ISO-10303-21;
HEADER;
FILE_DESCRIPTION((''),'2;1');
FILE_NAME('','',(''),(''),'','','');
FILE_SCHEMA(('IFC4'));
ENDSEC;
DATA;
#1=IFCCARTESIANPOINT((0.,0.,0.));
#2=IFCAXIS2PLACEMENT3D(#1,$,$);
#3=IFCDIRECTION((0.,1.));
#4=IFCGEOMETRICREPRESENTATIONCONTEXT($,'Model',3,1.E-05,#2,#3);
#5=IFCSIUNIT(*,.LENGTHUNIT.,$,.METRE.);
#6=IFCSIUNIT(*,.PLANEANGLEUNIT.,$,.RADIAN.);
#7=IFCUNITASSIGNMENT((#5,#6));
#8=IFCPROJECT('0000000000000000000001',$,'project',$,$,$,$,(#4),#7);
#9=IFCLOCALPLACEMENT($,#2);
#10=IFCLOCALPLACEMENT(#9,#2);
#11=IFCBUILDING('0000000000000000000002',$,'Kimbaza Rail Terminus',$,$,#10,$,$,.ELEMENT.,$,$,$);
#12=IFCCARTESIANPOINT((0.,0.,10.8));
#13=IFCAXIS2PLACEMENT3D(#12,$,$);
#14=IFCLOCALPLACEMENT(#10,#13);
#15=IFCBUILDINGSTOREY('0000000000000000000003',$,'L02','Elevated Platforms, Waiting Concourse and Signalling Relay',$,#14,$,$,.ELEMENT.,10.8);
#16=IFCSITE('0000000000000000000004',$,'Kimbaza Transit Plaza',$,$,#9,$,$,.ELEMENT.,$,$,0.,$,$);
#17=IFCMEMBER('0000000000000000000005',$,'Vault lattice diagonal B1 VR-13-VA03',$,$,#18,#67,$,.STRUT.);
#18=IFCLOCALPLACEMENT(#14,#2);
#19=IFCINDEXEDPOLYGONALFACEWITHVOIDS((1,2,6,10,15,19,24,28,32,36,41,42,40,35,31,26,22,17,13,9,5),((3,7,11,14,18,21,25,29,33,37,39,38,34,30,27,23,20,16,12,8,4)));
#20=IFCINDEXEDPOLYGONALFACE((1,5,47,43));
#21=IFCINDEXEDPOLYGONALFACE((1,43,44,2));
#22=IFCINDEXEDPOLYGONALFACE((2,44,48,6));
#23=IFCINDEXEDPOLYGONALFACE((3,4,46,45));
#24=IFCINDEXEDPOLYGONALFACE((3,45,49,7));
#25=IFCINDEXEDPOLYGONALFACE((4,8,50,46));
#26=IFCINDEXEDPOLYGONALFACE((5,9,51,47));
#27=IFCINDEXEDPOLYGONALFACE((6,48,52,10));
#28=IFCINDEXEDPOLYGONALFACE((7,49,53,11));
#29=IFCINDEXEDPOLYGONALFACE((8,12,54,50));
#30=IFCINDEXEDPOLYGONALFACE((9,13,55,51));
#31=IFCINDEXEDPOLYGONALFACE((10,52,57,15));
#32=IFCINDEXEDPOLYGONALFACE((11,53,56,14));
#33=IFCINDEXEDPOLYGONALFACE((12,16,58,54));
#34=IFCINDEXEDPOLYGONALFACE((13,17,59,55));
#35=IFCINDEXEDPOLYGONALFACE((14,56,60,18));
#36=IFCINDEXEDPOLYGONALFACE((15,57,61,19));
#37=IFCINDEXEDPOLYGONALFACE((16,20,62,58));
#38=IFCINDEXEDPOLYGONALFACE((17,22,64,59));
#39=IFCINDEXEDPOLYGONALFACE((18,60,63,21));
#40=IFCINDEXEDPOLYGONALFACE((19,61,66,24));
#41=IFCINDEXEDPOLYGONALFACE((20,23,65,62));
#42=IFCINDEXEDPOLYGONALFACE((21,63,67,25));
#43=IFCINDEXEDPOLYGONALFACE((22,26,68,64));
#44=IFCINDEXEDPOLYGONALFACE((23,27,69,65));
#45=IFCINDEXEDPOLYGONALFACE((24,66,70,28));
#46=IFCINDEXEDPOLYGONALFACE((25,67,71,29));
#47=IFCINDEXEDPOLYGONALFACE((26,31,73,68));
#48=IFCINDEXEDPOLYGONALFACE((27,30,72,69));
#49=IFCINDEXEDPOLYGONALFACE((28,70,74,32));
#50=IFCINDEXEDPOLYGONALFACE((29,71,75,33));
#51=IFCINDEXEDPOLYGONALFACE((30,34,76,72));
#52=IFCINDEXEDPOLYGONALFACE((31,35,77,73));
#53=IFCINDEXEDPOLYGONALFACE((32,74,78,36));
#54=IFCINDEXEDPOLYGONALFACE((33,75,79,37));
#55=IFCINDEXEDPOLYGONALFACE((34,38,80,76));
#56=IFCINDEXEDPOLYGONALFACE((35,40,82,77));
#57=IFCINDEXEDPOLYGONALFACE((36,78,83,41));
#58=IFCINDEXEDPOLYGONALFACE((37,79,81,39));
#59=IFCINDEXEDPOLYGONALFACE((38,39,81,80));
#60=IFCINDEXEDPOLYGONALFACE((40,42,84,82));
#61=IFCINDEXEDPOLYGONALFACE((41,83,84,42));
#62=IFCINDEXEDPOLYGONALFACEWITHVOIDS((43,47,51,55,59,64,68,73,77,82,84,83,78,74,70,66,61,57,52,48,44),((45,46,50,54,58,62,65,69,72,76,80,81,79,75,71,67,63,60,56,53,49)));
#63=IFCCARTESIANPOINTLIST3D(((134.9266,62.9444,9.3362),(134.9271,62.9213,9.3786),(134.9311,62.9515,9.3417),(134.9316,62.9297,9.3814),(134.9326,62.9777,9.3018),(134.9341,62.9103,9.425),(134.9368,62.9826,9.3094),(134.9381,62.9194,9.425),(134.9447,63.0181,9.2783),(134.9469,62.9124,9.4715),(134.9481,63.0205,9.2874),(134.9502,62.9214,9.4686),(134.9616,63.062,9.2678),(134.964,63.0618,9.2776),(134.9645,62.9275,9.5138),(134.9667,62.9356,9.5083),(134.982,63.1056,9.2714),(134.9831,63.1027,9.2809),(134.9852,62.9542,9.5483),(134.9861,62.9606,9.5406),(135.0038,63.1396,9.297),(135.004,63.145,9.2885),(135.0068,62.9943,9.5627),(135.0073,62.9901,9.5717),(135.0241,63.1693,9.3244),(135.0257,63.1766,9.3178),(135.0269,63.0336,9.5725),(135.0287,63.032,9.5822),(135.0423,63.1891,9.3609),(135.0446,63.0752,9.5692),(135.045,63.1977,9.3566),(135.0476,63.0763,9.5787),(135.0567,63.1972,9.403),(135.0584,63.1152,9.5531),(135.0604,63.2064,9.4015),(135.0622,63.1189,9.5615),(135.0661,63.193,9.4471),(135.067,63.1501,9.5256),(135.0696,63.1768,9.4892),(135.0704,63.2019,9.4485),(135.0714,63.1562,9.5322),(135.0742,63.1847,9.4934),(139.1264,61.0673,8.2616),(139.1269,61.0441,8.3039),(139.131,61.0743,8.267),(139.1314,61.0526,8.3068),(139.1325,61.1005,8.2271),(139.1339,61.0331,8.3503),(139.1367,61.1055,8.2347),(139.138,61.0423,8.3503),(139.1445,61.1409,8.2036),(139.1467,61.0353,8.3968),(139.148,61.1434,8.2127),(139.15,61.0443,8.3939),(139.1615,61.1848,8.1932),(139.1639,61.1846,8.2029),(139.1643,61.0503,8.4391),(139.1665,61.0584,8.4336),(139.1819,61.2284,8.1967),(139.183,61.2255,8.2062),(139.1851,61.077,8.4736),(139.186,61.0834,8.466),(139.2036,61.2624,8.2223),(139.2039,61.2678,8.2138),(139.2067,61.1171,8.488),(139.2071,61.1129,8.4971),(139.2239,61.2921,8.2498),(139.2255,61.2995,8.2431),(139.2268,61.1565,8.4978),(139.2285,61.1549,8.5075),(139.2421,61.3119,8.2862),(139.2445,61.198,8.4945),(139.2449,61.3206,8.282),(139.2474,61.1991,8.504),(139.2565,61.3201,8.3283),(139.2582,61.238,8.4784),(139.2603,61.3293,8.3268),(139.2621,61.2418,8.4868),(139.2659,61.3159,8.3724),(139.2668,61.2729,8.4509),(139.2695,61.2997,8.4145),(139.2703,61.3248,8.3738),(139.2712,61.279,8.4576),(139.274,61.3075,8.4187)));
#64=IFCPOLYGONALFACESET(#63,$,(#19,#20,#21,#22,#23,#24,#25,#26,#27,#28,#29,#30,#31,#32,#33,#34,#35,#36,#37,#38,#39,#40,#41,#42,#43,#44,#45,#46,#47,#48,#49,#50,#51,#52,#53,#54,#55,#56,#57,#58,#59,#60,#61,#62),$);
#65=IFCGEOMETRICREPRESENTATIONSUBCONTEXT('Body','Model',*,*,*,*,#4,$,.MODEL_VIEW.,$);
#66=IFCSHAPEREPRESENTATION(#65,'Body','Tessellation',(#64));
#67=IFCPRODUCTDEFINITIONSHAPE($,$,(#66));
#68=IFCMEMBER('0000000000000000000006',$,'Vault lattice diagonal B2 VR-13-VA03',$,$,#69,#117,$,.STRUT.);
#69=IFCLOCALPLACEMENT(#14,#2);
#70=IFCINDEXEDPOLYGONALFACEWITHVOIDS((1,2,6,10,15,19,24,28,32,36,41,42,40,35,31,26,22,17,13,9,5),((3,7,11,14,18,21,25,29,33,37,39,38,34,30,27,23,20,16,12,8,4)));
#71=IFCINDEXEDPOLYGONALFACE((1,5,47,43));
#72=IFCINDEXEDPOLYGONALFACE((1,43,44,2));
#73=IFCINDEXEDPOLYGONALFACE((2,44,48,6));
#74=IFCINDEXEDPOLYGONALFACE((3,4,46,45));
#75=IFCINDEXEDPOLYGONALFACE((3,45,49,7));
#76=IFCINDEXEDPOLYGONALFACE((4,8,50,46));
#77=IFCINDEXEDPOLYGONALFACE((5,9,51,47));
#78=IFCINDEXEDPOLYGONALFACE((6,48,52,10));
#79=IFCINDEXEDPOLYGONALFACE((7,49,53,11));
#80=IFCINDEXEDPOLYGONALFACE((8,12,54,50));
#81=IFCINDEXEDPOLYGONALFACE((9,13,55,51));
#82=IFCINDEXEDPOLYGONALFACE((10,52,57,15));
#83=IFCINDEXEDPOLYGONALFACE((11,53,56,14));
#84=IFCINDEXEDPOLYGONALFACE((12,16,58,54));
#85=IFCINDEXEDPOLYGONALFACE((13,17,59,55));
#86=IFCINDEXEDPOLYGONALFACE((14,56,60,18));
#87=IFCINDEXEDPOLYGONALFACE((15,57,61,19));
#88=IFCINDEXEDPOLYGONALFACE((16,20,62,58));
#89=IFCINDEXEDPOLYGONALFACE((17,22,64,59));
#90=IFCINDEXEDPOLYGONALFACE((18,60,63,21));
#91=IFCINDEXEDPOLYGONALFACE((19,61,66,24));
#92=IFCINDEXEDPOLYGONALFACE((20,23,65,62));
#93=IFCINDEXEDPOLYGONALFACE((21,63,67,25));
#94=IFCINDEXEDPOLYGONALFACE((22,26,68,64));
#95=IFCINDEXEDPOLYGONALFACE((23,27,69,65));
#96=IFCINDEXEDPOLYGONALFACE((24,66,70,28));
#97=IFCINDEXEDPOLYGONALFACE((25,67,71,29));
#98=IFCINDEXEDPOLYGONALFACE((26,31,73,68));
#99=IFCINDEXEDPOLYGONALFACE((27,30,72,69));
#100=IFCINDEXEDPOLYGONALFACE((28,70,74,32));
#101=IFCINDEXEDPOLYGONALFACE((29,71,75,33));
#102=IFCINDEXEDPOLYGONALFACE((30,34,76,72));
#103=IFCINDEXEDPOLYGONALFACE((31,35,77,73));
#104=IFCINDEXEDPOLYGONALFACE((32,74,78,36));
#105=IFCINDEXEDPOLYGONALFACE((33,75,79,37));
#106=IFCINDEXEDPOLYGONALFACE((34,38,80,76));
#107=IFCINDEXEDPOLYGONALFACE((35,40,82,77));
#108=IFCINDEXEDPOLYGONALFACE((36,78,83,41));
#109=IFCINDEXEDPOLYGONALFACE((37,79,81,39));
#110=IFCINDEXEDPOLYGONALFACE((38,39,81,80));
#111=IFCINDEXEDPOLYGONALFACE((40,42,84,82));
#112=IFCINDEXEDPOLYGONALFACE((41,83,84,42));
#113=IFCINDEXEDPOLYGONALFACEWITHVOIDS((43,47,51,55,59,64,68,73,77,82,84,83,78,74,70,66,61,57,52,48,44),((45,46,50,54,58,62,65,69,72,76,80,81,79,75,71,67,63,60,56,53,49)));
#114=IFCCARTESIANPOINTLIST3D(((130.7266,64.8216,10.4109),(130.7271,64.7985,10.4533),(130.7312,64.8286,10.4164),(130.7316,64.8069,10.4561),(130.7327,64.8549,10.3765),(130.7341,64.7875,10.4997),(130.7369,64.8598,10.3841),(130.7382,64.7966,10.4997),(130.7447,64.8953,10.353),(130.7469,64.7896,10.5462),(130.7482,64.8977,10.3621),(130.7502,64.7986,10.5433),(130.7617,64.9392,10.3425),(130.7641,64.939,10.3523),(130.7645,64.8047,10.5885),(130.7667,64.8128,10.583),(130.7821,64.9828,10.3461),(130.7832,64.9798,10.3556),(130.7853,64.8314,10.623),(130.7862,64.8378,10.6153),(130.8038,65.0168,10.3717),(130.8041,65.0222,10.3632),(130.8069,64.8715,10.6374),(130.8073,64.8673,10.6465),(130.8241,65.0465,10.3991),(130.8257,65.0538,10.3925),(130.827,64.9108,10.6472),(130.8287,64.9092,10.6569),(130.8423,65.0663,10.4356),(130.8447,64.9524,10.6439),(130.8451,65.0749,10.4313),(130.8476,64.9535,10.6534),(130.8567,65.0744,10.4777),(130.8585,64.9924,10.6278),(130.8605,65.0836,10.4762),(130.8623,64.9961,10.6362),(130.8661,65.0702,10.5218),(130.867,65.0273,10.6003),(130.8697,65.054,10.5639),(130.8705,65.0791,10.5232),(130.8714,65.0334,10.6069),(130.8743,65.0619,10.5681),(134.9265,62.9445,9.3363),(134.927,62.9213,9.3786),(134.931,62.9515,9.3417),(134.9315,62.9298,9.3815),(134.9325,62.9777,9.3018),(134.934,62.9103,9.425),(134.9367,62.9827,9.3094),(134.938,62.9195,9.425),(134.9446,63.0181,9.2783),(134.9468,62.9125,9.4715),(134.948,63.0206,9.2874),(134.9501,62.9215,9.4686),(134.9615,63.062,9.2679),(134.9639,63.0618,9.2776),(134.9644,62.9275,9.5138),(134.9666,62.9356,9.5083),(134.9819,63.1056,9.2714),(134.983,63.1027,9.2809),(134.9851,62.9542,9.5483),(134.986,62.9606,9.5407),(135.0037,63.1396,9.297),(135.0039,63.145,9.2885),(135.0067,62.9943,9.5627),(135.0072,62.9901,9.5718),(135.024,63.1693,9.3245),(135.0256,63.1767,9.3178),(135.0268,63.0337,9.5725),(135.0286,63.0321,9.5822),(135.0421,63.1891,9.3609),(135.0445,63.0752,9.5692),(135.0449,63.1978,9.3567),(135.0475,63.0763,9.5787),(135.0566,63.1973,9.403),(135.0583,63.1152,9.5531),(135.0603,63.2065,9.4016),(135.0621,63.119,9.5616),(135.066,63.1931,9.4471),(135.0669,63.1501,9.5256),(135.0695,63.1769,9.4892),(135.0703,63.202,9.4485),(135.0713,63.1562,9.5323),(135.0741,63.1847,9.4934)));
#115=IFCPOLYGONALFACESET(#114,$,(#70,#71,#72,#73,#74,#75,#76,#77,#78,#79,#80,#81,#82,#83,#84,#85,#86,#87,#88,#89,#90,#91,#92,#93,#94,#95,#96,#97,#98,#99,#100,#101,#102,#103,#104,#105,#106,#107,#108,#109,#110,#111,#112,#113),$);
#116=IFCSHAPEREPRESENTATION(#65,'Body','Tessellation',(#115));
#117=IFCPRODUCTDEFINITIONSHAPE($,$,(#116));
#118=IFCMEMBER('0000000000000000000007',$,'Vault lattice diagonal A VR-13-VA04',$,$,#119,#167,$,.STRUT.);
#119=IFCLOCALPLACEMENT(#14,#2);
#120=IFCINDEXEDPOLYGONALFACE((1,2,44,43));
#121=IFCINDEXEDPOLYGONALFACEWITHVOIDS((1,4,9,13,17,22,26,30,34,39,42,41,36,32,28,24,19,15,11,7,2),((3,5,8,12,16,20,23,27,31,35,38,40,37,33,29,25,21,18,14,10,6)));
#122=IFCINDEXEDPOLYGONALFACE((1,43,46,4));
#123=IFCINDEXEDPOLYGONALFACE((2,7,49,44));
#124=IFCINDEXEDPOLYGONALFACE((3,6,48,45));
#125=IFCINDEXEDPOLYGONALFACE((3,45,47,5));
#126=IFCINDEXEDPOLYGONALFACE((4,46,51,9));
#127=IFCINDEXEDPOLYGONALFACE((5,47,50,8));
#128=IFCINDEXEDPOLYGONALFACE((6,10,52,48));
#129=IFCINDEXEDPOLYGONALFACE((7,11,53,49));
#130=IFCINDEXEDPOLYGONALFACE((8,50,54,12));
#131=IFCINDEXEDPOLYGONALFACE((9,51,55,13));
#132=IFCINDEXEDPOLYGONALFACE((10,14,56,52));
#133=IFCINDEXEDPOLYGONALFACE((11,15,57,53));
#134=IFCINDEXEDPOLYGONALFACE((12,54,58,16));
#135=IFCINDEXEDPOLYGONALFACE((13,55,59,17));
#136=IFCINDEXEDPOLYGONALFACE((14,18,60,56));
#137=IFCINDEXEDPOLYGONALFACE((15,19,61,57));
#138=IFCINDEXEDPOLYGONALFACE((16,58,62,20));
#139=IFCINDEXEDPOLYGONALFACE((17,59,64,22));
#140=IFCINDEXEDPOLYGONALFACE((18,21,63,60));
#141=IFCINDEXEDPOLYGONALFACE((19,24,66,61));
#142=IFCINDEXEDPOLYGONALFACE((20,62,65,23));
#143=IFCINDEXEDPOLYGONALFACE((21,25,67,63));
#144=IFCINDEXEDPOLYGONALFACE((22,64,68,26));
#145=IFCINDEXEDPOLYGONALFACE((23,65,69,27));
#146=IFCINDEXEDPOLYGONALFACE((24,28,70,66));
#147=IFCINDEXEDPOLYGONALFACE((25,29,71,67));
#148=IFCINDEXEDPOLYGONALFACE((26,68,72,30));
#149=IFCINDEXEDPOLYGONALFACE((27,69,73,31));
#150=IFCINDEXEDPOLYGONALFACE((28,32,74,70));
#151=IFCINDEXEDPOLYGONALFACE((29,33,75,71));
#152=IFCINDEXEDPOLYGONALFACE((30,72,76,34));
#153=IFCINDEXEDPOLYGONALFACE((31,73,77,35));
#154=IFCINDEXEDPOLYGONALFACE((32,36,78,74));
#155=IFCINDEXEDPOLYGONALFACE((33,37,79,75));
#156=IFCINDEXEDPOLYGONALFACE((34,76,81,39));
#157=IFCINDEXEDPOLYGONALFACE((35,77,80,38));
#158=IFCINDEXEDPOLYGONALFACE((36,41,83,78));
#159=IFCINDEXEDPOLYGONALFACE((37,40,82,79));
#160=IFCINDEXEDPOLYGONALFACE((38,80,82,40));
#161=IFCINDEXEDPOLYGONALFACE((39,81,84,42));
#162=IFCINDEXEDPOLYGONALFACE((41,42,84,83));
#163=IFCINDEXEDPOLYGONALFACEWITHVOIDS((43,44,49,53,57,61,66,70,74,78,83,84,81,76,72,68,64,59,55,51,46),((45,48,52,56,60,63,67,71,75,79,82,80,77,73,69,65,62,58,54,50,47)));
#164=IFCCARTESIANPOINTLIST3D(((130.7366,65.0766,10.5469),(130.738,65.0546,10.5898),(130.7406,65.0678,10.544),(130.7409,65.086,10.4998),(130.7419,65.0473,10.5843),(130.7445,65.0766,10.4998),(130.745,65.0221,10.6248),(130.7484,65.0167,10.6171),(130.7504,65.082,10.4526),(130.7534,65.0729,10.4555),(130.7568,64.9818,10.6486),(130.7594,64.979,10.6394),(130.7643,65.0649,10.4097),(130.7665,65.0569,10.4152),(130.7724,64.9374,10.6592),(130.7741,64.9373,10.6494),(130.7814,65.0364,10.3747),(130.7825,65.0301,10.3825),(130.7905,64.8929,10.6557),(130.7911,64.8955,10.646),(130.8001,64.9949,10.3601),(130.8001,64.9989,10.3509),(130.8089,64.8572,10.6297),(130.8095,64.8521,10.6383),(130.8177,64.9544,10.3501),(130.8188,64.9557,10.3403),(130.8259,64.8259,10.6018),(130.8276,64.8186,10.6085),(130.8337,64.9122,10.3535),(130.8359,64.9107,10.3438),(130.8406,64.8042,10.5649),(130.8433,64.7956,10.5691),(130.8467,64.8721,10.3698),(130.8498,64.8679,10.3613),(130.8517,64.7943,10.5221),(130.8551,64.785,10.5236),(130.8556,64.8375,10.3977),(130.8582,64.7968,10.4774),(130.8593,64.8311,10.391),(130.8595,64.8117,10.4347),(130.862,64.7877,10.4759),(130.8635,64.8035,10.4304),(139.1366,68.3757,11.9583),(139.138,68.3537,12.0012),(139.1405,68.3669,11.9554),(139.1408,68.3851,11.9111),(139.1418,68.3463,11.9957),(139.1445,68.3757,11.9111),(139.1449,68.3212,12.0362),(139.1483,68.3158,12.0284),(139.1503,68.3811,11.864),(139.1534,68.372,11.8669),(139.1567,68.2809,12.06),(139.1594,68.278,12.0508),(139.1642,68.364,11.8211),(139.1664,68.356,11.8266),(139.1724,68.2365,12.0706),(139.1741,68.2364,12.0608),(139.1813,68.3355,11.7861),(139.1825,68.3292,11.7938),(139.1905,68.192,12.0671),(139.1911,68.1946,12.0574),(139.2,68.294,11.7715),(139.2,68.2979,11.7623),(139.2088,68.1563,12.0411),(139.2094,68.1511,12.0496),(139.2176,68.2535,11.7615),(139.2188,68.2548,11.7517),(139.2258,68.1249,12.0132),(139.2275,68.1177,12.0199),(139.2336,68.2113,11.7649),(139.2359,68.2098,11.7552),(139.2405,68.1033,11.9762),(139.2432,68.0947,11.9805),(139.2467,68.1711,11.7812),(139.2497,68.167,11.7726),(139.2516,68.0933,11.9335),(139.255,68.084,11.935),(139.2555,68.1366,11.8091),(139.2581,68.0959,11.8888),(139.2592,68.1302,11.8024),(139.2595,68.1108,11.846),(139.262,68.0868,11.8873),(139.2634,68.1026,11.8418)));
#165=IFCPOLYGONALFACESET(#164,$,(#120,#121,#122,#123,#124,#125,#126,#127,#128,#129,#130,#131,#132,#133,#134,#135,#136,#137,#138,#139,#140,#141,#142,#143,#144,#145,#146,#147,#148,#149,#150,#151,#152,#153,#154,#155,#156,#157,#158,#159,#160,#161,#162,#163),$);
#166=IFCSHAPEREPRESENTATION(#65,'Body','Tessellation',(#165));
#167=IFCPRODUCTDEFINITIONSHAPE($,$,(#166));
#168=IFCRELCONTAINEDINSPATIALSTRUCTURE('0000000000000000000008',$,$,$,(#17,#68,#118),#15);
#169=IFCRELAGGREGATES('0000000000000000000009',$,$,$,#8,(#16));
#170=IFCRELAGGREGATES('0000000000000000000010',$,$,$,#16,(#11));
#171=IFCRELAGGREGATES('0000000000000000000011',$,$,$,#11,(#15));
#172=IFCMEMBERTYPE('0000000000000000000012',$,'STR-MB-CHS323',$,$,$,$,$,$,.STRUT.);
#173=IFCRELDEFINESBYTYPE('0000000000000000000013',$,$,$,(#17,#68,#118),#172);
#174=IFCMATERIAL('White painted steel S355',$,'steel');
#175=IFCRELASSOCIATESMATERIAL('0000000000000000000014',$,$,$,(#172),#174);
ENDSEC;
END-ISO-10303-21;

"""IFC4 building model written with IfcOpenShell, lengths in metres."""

from ifc_helpers import new_model, si_unit, direction, frame, origin, origin_2d, place, context, subcontext, project, spatial, hollow_circle, extrude, material, material_profile, profile_set, type_object, element, save


model = new_model("IFC4")

# Units and contexts
model_context = context("Model", 3, precision=1e-05, world=origin(), true_north=direction((0.0, 1.0)))
body_context = subcontext(model_context, "Body", "Model", "MODEL_VIEW")
ifc_project = project(units=[si_unit("LENGTHUNIT", "METRE"), si_unit("PLANEANGLEUNIT", "RADIAN")], contexts=[model_context])

# Site, building, storey
site_placement = place(None, origin())
site = spatial("IfcSite", under=ifc_project, at=site_placement, Name="Kimbaza Transit Plaza", CompositionType="ELEMENT", RefElevation=0.0)
building_placement = place(site_placement, origin())
building = spatial("IfcBuilding", under=site, at=building_placement, Name="Kimbaza Rail Terminus", CompositionType="ELEMENT")
storey_placement = place(building_placement, frame((0.0, 0.0, 10.8)))
storey = spatial("IfcBuildingStorey", under=building, at=storey_placement, Name="L02", Description="Elevated Platforms, Waiting Concourse and Signalling Relay", CompositionType="ELEMENT", Elevation=10.8)

# Members
ifc_material_1 = material(Name="White painted steel S355", Category="steel")
ifc_material_profile_1 = material_profile(ifc_material_1, hollow_circle(Radius=0.1619, WallThickness=0.01, at=origin_2d()), Name="CHS 323.9x10")
ifc_profile_set_1 = profile_set([ifc_material_profile_1], Name="White painted steel S355")
member_type_1 = type_object("IfcMemberType", Name="STR-MB-CHS323", PredefinedType="STRUT", material=ifc_profile_set_1)
for number, where, z_axis, x_axis, name in (
    (1, (139.2, 61.1809, 8.3503), (-0.889021, 0.397354, 0.227488), (-0.408053, -0.912958, 0.0), "Vault lattice diagonal B1 VR-13-VA03"),
    (2, (135.0, 63.0581, 9.425), (-0.889021, 0.397354, 0.227488), (-0.408053, -0.912958, 0.0), "Vault lattice diagonal B2 VR-13-VA03"),
):
    element("IfcMember", number, at=place(storey_placement, frame(where, z_axis=z_axis, x_axis=x_axis)), inside=storey, type_object=member_type_1, Name=name, PredefinedType="STRUT", context=body_context, shape_type="SweptSolid", body=[
        extrude(hollow_circle(Radius=0.1619, WallThickness=0.01, at=origin_2d()), origin(), (0.0, 0.0, 1.0), 4.7241),
    ])
member_1_placement = place(storey_placement, frame((130.8, 64.9353, 10.4998), z_axis=(0.919607, 0.361177, 0.154515), x_axis=(-0.365567, 0.930785, 0.0)))
element("IfcMember", 3, at=member_1_placement, inside=storey, type_object=member_type_1, Name="Vault lattice diagonal A VR-13-VA04", PredefinedType="STRUT", context=body_context, shape_type="SweptSolid", body=[
    extrude(hollow_circle(Radius=0.1619, WallThickness=0.01, at=origin_2d()), origin(), (0.0, 0.0, 1.0), 9.1343),
])

save(model, "model.ifc")
